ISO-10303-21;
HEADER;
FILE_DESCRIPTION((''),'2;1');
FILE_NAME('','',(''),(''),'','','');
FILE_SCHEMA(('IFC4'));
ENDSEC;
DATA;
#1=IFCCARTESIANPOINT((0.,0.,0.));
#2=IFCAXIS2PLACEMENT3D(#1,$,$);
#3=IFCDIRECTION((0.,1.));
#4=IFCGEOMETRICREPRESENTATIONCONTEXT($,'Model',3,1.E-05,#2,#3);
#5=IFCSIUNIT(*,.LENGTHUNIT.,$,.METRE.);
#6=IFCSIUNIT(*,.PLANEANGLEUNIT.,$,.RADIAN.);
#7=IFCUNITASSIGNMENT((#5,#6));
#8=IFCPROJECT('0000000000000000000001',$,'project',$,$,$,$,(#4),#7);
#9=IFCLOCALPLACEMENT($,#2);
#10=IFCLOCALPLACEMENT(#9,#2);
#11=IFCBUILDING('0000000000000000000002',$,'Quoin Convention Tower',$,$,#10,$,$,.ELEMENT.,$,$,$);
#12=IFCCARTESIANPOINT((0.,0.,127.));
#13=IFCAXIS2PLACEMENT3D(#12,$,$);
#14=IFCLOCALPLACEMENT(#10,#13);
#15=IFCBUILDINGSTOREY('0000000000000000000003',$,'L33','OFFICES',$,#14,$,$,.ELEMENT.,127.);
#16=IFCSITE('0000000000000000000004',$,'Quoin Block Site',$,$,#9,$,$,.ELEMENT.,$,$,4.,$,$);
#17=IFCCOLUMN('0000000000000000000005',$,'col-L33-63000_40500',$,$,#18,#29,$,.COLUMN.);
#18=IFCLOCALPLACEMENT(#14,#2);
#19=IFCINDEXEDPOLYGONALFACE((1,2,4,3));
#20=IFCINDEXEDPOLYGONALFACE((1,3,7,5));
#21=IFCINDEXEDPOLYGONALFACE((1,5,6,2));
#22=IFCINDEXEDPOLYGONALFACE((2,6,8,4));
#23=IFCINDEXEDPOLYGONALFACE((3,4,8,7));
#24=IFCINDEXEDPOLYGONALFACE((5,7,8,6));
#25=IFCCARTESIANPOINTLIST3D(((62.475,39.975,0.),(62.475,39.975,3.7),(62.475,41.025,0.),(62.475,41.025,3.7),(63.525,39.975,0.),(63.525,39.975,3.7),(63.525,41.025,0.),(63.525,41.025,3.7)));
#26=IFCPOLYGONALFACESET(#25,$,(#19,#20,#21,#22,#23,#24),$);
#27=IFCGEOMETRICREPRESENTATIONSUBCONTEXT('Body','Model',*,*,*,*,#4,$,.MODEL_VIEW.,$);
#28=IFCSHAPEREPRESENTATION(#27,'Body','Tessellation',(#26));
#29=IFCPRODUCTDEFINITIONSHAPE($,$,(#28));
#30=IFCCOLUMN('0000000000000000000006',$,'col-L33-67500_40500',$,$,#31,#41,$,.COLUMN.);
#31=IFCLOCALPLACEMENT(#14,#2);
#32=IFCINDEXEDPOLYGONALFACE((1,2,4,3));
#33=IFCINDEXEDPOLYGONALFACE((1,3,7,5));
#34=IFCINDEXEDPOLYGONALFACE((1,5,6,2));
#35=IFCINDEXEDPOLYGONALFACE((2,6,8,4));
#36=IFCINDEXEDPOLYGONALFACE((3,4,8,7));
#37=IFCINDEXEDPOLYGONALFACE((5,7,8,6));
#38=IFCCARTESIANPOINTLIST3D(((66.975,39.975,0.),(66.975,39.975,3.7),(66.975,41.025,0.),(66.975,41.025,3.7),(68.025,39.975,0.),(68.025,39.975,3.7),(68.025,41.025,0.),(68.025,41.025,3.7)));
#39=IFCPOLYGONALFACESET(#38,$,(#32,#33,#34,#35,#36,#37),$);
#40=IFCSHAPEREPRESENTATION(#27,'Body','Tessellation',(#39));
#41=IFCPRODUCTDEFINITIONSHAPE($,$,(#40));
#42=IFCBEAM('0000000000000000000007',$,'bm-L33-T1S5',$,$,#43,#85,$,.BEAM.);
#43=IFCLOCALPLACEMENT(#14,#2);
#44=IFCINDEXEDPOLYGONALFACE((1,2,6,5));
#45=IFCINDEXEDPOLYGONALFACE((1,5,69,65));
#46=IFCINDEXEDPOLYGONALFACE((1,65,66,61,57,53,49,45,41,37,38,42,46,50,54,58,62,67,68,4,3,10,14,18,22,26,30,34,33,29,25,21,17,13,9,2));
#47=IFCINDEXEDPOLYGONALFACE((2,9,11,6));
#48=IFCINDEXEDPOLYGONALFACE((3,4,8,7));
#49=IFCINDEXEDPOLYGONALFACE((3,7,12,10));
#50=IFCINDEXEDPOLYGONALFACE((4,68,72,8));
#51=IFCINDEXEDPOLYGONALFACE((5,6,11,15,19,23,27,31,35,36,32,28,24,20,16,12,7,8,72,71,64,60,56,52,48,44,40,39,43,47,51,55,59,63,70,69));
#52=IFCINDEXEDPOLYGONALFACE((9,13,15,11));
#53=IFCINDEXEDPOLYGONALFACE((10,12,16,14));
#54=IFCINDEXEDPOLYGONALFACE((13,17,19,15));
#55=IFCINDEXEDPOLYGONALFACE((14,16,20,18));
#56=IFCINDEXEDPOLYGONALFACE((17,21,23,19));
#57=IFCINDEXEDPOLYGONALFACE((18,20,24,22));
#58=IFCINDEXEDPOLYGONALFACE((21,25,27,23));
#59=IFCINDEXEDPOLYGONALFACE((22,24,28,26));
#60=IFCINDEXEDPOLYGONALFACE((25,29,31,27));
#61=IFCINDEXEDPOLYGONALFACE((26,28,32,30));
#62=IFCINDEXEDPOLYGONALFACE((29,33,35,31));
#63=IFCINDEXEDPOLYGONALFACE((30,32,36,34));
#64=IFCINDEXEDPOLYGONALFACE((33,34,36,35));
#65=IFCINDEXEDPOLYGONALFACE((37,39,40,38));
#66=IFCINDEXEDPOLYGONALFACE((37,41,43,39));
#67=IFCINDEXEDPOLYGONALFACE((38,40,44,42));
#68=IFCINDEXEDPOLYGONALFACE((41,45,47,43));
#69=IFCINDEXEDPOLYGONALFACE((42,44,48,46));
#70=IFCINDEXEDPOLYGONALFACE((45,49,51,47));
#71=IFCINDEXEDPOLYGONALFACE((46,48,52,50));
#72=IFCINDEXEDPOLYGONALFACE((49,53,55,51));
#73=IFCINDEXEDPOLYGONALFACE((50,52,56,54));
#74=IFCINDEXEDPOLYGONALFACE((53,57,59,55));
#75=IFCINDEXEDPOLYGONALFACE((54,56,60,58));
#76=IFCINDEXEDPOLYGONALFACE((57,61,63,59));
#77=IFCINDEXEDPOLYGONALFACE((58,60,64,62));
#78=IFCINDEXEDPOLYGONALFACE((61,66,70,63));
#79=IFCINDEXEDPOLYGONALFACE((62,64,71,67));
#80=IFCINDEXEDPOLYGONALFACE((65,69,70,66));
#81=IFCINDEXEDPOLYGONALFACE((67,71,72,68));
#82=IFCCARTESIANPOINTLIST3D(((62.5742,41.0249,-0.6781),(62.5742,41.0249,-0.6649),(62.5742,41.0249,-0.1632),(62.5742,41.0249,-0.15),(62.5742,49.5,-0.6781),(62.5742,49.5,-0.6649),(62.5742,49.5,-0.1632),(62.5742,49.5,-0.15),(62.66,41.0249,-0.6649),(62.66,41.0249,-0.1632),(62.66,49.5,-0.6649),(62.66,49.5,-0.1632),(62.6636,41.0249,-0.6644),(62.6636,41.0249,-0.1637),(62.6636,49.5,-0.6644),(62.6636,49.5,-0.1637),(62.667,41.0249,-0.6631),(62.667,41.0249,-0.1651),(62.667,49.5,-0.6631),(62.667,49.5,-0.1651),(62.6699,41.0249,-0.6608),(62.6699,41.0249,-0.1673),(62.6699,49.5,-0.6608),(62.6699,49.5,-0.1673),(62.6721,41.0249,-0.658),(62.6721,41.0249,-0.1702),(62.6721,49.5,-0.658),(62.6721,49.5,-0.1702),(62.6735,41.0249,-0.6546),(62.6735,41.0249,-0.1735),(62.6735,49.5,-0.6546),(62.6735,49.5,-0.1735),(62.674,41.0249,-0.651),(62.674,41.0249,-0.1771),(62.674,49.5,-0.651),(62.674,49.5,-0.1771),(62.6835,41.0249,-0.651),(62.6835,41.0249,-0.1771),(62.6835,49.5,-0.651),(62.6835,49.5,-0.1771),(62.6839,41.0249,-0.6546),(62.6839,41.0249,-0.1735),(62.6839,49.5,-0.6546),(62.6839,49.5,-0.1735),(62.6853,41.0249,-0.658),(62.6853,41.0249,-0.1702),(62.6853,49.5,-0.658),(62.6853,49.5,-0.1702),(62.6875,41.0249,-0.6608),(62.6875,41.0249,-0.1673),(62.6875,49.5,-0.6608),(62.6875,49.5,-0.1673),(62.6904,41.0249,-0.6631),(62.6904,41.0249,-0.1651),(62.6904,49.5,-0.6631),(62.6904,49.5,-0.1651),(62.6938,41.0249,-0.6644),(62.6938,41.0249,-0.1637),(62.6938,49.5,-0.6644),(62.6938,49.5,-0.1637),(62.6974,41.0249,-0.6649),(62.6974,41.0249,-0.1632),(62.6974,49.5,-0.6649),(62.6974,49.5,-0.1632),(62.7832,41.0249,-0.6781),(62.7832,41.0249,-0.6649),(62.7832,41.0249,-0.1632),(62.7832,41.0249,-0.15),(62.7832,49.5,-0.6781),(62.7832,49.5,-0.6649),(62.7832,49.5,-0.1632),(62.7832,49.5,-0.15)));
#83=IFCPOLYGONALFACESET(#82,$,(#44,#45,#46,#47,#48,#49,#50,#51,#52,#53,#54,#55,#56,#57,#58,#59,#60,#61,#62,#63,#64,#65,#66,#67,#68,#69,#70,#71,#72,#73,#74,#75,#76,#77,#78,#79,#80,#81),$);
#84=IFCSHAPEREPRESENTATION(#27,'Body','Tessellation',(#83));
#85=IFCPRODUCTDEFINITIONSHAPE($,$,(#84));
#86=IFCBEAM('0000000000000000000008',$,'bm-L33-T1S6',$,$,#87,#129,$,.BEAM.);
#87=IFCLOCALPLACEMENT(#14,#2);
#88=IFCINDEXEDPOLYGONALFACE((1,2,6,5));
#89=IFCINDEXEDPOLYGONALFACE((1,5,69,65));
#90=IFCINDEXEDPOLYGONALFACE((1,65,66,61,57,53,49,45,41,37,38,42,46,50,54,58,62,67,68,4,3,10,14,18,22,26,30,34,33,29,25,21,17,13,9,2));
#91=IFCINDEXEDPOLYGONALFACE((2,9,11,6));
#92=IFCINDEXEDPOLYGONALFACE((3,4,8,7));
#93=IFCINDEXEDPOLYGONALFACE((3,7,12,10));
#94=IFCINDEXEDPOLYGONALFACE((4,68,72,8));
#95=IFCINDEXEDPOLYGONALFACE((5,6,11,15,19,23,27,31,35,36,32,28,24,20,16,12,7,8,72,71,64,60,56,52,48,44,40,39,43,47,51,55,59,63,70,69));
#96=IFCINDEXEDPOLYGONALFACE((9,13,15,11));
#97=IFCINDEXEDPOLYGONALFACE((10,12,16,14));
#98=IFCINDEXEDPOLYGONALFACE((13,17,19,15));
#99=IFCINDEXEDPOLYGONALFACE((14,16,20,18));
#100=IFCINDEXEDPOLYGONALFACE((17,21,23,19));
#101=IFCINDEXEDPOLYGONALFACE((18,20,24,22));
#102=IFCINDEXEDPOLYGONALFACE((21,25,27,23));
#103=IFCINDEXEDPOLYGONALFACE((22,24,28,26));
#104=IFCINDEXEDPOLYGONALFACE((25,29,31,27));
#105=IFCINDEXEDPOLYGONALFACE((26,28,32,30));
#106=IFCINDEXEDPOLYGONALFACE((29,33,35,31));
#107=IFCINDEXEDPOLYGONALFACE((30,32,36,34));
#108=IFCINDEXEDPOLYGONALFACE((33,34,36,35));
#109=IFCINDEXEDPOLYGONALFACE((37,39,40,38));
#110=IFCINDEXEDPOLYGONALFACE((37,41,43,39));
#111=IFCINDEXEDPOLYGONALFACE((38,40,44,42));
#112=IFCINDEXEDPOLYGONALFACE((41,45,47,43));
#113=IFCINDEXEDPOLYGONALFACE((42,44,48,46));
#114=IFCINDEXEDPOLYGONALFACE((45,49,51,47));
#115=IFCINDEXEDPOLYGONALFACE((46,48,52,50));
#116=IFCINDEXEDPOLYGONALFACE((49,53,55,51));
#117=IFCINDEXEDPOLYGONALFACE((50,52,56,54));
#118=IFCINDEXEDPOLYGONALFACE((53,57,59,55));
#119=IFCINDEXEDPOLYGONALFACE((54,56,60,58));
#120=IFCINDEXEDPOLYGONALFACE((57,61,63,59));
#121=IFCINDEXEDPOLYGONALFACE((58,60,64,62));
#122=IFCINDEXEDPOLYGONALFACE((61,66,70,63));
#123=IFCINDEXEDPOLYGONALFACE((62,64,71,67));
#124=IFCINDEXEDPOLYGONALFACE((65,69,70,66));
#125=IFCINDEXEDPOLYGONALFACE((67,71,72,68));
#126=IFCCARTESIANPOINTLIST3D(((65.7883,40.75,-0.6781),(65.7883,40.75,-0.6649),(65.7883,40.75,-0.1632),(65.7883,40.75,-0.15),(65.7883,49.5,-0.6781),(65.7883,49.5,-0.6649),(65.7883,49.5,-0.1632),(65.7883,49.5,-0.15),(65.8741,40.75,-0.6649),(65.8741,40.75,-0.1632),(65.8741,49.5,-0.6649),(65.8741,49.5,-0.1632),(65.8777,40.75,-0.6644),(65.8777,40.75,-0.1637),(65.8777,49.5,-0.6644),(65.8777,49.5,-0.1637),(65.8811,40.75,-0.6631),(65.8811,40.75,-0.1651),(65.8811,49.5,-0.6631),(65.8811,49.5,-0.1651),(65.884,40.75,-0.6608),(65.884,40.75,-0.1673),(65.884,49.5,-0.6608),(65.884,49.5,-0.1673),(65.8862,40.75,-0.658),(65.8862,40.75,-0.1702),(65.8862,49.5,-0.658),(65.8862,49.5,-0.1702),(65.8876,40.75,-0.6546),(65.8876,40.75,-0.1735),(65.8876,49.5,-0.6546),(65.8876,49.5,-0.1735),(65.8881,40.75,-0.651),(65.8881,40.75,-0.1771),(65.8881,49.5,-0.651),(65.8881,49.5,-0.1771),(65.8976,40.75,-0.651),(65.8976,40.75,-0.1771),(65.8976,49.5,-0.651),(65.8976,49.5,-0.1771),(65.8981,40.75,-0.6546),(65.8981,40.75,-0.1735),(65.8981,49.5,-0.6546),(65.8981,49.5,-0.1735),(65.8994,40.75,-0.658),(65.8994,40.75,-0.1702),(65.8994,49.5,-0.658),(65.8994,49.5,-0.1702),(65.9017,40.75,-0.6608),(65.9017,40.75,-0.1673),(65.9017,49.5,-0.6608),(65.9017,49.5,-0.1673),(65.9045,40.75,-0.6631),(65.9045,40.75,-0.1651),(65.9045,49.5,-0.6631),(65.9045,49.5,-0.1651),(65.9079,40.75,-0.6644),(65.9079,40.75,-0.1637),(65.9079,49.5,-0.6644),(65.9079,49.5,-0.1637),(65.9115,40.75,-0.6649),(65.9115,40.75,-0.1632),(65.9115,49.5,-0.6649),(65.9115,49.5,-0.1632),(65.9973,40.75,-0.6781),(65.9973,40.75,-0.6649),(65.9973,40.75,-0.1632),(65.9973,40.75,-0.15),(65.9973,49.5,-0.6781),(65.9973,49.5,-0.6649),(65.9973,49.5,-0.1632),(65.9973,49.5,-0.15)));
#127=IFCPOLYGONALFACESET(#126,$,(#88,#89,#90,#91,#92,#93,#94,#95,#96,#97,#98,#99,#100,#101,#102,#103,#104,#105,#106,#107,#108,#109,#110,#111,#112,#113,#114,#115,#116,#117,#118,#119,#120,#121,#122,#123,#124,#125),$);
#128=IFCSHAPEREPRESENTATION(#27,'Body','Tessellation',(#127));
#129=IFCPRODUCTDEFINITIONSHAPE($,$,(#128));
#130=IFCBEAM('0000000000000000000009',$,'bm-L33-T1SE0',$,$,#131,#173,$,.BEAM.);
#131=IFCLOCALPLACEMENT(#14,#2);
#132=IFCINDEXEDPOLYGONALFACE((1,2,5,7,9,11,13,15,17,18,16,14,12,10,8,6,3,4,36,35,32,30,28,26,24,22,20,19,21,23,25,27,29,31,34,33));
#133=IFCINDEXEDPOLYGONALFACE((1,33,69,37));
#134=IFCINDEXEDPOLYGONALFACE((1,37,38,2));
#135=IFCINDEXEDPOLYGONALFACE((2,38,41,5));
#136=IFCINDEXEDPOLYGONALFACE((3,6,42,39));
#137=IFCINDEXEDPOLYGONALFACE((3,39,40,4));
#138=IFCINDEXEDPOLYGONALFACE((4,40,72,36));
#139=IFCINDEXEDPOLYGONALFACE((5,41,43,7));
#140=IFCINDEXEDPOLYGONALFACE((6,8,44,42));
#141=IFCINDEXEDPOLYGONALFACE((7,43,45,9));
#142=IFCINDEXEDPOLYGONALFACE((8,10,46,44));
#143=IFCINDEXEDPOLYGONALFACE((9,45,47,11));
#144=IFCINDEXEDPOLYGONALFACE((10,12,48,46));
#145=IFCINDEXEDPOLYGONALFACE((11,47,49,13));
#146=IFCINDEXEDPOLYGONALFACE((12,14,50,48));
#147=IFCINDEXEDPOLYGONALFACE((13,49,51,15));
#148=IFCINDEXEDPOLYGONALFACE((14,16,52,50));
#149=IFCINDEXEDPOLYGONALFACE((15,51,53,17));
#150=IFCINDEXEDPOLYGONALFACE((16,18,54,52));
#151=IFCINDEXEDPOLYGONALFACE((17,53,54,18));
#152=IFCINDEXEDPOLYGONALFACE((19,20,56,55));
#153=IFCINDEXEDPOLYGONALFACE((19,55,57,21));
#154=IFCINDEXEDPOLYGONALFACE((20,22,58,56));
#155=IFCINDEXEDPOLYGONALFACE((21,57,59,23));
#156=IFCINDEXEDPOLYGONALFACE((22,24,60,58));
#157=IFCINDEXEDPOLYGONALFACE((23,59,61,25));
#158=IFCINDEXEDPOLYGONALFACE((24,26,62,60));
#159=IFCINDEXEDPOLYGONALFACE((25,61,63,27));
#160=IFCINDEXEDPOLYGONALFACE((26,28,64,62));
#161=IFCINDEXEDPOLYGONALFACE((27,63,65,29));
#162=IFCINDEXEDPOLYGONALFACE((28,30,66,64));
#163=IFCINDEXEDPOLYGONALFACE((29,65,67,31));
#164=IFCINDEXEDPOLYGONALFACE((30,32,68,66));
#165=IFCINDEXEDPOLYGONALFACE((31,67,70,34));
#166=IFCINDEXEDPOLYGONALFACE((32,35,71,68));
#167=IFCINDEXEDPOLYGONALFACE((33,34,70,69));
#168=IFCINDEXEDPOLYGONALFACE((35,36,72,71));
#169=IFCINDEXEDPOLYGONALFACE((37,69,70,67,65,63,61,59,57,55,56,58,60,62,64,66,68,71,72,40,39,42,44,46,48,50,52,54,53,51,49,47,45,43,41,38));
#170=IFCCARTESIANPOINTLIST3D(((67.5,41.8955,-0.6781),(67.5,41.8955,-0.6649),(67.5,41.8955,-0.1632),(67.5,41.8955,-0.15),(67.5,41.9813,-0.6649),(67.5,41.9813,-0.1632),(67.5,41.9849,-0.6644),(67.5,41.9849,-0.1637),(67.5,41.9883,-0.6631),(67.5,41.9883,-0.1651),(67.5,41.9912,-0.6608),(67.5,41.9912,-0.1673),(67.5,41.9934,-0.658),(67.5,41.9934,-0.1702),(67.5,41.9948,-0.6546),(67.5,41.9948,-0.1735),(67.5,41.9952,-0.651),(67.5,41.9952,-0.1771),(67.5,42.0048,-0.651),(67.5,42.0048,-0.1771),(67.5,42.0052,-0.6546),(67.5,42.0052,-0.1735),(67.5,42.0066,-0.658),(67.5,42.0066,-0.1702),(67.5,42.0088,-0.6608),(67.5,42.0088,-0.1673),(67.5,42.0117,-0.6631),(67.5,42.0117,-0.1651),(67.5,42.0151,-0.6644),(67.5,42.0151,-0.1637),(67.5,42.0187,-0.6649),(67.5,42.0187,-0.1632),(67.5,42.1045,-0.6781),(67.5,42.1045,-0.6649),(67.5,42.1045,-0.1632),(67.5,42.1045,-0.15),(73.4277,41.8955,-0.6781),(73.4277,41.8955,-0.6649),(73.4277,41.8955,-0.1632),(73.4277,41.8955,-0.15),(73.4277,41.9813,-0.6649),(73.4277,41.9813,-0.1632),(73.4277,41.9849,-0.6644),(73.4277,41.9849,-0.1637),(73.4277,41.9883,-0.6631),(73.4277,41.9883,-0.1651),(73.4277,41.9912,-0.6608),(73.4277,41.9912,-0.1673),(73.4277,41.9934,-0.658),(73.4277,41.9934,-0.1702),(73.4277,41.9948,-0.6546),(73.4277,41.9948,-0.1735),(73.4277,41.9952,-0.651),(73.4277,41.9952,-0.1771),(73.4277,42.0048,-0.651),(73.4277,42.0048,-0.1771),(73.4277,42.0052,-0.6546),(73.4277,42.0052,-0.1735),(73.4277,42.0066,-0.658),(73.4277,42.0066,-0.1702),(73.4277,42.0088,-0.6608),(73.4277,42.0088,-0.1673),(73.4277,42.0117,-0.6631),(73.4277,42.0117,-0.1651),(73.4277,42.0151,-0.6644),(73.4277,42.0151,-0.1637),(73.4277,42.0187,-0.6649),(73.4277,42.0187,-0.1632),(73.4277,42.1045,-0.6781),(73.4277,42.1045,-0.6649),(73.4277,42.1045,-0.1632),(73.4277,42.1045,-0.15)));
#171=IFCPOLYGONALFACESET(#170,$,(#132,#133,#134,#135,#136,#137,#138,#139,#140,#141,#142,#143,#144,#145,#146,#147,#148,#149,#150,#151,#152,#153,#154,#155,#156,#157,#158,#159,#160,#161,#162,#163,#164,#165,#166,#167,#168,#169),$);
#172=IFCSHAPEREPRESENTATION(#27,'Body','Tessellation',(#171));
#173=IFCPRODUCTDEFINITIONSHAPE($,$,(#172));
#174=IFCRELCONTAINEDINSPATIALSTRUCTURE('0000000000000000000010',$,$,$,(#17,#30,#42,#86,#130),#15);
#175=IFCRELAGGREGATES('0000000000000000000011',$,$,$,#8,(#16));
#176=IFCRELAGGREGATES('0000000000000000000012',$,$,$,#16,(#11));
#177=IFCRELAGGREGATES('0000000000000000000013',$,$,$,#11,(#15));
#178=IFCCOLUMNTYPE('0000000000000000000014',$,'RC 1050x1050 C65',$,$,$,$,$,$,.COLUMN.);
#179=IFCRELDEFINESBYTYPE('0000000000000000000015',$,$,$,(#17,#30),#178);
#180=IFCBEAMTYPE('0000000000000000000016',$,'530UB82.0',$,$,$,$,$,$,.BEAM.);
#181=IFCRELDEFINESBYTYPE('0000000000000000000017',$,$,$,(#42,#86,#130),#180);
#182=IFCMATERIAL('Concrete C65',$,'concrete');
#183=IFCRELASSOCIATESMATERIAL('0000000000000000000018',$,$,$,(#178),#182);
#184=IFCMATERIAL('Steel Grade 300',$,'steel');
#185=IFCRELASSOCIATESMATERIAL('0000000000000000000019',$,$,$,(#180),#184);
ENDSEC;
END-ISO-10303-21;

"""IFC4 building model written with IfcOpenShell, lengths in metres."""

from ifc_helpers import new_model, si_unit, direction, frame, origin, origin_2d, place, context, subcontext, project, spatial, rectangle, i_section, extrude, material, material_profile, profile_set, type_object, element, save


model = new_model("IFC4")

# Units and contexts
model_context = context("Model", 3, precision=1e-05, world=origin(), true_north=direction((0.0, 1.0)))
body_context = subcontext(model_context, "Body", "Model", "MODEL_VIEW")
ifc_project = project(units=[si_unit("LENGTHUNIT", "METRE"), si_unit("PLANEANGLEUNIT", "RADIAN")], contexts=[model_context])

# Site, building, storey
site_placement = place(None, origin())
site = spatial("IfcSite", under=ifc_project, at=site_placement, Name="Quoin Block Site", CompositionType="ELEMENT", RefElevation=4.0)
building_placement = place(site_placement, origin())
building = spatial("IfcBuilding", under=site, at=building_placement, Name="Quoin Convention Tower", CompositionType="ELEMENT")
storey_placement = place(building_placement, frame((0.0, 0.0, 127.0)))
storey = spatial("IfcBuildingStorey", under=building, at=storey_placement, Name="L33", Description="OFFICES", CompositionType="ELEMENT", Elevation=127.0)

# Columns
ifc_material_1 = material(Name="Concrete C65", Category="concrete")
ifc_material_profile_1 = material_profile(ifc_material_1, rectangle(XDim=1.05, YDim=1.05, at=origin_2d()), Name="RC 1050x1050")
ifc_profile_set_1 = profile_set([ifc_material_profile_1], Name="Concrete C65")
column_type = type_object("IfcColumnType", Name="RC 1050x1050 C65", PredefinedType="COLUMN", material=ifc_profile_set_1)
for number, where, z_axis, x_axis, name in (
    (1, (63.0, 40.5, 0.0), (0.0, 0.0, 1.0), (1.0, 0.0, 0.0), "col-L33-63000_40500"),
    (2, (67.5, 40.5, 0.0), (0.0, 0.0, 1.0), (1.0, 0.0, 0.0), "col-L33-67500_40500"),
):
    element("IfcColumn", number, at=place(storey_placement, frame(where, z_axis=z_axis, x_axis=x_axis)), inside=storey, type_object=column_type, Name=name, PredefinedType="COLUMN", context=body_context, shape_type="SweptSolid", body=[
        extrude(rectangle(XDim=1.05, YDim=1.05, at=origin_2d()), origin(), (0.0, 0.0, 1.0), 3.7),
    ])

# Beams
ifc_material_2 = material(Name="Steel Grade 300", Category="steel")
ifc_material_profile_2 = material_profile(ifc_material_2, i_section(OverallWidth=0.209, OverallDepth=0.5281, WebThickness=0.0095, FlangeThickness=0.0132, FilletRadius=0.0139, at=origin_2d()), Name="530UB82.0")
ifc_profile_set_2 = profile_set([ifc_material_profile_2], Name="Steel Grade 300")
beam_type_1 = type_object("IfcBeamType", Name="530UB82.0", PredefinedType="BEAM", material=ifc_profile_set_2)
beam_1_placement = place(storey_placement, frame((62.6787, 41.0249, -0.4141), z_axis=(0.0, 1.0, 0.0), x_axis=(-1.0, 0.0, 0.0)))
element("IfcBeam", 3, at=beam_1_placement, inside=storey, type_object=beam_type_1, Name="bm-L33-T1S5", PredefinedType="BEAM", context=body_context, shape_type="SweptSolid", body=[
    extrude(i_section(OverallWidth=0.209, OverallDepth=0.5281, WebThickness=0.0095, FlangeThickness=0.0132, FilletRadius=0.0139, at=origin_2d()), origin(), (0.0, 0.0, 1.0), 8.4751),
])
beam_2_placement = place(storey_placement, frame((65.8928, 40.75, -0.4141), z_axis=(0.0, 1.0, 0.0), x_axis=(-1.0, 0.0, 0.0)))
element("IfcBeam", 4, at=beam_2_placement, inside=storey, type_object=beam_type_1, Name="bm-L33-T1S6", PredefinedType="BEAM", context=body_context, shape_type="SweptSolid", body=[
    extrude(i_section(OverallWidth=0.209, OverallDepth=0.5281, WebThickness=0.0095, FlangeThickness=0.0132, FilletRadius=0.0139, at=origin_2d()), origin(), (0.0, 0.0, 1.0), 8.75),
])
beam_3_placement = place(storey_placement, frame((67.5, 42.0, -0.4141), z_axis=(1.0, 0.0, 0.0), x_axis=(0.0, 1.0, 0.0)))
element("IfcBeam", 5, at=beam_3_placement, inside=storey, type_object=beam_type_1, Name="bm-L33-T1SE0", PredefinedType="BEAM", context=body_context, shape_type="SweptSolid", body=[
    extrude(i_section(OverallWidth=0.209, OverallDepth=0.5281, WebThickness=0.0095, FlangeThickness=0.0132, FilletRadius=0.0139, at=origin_2d()), origin(), (0.0, 0.0, 1.0), 5.9277),
])

save(model, "model.ifc")
